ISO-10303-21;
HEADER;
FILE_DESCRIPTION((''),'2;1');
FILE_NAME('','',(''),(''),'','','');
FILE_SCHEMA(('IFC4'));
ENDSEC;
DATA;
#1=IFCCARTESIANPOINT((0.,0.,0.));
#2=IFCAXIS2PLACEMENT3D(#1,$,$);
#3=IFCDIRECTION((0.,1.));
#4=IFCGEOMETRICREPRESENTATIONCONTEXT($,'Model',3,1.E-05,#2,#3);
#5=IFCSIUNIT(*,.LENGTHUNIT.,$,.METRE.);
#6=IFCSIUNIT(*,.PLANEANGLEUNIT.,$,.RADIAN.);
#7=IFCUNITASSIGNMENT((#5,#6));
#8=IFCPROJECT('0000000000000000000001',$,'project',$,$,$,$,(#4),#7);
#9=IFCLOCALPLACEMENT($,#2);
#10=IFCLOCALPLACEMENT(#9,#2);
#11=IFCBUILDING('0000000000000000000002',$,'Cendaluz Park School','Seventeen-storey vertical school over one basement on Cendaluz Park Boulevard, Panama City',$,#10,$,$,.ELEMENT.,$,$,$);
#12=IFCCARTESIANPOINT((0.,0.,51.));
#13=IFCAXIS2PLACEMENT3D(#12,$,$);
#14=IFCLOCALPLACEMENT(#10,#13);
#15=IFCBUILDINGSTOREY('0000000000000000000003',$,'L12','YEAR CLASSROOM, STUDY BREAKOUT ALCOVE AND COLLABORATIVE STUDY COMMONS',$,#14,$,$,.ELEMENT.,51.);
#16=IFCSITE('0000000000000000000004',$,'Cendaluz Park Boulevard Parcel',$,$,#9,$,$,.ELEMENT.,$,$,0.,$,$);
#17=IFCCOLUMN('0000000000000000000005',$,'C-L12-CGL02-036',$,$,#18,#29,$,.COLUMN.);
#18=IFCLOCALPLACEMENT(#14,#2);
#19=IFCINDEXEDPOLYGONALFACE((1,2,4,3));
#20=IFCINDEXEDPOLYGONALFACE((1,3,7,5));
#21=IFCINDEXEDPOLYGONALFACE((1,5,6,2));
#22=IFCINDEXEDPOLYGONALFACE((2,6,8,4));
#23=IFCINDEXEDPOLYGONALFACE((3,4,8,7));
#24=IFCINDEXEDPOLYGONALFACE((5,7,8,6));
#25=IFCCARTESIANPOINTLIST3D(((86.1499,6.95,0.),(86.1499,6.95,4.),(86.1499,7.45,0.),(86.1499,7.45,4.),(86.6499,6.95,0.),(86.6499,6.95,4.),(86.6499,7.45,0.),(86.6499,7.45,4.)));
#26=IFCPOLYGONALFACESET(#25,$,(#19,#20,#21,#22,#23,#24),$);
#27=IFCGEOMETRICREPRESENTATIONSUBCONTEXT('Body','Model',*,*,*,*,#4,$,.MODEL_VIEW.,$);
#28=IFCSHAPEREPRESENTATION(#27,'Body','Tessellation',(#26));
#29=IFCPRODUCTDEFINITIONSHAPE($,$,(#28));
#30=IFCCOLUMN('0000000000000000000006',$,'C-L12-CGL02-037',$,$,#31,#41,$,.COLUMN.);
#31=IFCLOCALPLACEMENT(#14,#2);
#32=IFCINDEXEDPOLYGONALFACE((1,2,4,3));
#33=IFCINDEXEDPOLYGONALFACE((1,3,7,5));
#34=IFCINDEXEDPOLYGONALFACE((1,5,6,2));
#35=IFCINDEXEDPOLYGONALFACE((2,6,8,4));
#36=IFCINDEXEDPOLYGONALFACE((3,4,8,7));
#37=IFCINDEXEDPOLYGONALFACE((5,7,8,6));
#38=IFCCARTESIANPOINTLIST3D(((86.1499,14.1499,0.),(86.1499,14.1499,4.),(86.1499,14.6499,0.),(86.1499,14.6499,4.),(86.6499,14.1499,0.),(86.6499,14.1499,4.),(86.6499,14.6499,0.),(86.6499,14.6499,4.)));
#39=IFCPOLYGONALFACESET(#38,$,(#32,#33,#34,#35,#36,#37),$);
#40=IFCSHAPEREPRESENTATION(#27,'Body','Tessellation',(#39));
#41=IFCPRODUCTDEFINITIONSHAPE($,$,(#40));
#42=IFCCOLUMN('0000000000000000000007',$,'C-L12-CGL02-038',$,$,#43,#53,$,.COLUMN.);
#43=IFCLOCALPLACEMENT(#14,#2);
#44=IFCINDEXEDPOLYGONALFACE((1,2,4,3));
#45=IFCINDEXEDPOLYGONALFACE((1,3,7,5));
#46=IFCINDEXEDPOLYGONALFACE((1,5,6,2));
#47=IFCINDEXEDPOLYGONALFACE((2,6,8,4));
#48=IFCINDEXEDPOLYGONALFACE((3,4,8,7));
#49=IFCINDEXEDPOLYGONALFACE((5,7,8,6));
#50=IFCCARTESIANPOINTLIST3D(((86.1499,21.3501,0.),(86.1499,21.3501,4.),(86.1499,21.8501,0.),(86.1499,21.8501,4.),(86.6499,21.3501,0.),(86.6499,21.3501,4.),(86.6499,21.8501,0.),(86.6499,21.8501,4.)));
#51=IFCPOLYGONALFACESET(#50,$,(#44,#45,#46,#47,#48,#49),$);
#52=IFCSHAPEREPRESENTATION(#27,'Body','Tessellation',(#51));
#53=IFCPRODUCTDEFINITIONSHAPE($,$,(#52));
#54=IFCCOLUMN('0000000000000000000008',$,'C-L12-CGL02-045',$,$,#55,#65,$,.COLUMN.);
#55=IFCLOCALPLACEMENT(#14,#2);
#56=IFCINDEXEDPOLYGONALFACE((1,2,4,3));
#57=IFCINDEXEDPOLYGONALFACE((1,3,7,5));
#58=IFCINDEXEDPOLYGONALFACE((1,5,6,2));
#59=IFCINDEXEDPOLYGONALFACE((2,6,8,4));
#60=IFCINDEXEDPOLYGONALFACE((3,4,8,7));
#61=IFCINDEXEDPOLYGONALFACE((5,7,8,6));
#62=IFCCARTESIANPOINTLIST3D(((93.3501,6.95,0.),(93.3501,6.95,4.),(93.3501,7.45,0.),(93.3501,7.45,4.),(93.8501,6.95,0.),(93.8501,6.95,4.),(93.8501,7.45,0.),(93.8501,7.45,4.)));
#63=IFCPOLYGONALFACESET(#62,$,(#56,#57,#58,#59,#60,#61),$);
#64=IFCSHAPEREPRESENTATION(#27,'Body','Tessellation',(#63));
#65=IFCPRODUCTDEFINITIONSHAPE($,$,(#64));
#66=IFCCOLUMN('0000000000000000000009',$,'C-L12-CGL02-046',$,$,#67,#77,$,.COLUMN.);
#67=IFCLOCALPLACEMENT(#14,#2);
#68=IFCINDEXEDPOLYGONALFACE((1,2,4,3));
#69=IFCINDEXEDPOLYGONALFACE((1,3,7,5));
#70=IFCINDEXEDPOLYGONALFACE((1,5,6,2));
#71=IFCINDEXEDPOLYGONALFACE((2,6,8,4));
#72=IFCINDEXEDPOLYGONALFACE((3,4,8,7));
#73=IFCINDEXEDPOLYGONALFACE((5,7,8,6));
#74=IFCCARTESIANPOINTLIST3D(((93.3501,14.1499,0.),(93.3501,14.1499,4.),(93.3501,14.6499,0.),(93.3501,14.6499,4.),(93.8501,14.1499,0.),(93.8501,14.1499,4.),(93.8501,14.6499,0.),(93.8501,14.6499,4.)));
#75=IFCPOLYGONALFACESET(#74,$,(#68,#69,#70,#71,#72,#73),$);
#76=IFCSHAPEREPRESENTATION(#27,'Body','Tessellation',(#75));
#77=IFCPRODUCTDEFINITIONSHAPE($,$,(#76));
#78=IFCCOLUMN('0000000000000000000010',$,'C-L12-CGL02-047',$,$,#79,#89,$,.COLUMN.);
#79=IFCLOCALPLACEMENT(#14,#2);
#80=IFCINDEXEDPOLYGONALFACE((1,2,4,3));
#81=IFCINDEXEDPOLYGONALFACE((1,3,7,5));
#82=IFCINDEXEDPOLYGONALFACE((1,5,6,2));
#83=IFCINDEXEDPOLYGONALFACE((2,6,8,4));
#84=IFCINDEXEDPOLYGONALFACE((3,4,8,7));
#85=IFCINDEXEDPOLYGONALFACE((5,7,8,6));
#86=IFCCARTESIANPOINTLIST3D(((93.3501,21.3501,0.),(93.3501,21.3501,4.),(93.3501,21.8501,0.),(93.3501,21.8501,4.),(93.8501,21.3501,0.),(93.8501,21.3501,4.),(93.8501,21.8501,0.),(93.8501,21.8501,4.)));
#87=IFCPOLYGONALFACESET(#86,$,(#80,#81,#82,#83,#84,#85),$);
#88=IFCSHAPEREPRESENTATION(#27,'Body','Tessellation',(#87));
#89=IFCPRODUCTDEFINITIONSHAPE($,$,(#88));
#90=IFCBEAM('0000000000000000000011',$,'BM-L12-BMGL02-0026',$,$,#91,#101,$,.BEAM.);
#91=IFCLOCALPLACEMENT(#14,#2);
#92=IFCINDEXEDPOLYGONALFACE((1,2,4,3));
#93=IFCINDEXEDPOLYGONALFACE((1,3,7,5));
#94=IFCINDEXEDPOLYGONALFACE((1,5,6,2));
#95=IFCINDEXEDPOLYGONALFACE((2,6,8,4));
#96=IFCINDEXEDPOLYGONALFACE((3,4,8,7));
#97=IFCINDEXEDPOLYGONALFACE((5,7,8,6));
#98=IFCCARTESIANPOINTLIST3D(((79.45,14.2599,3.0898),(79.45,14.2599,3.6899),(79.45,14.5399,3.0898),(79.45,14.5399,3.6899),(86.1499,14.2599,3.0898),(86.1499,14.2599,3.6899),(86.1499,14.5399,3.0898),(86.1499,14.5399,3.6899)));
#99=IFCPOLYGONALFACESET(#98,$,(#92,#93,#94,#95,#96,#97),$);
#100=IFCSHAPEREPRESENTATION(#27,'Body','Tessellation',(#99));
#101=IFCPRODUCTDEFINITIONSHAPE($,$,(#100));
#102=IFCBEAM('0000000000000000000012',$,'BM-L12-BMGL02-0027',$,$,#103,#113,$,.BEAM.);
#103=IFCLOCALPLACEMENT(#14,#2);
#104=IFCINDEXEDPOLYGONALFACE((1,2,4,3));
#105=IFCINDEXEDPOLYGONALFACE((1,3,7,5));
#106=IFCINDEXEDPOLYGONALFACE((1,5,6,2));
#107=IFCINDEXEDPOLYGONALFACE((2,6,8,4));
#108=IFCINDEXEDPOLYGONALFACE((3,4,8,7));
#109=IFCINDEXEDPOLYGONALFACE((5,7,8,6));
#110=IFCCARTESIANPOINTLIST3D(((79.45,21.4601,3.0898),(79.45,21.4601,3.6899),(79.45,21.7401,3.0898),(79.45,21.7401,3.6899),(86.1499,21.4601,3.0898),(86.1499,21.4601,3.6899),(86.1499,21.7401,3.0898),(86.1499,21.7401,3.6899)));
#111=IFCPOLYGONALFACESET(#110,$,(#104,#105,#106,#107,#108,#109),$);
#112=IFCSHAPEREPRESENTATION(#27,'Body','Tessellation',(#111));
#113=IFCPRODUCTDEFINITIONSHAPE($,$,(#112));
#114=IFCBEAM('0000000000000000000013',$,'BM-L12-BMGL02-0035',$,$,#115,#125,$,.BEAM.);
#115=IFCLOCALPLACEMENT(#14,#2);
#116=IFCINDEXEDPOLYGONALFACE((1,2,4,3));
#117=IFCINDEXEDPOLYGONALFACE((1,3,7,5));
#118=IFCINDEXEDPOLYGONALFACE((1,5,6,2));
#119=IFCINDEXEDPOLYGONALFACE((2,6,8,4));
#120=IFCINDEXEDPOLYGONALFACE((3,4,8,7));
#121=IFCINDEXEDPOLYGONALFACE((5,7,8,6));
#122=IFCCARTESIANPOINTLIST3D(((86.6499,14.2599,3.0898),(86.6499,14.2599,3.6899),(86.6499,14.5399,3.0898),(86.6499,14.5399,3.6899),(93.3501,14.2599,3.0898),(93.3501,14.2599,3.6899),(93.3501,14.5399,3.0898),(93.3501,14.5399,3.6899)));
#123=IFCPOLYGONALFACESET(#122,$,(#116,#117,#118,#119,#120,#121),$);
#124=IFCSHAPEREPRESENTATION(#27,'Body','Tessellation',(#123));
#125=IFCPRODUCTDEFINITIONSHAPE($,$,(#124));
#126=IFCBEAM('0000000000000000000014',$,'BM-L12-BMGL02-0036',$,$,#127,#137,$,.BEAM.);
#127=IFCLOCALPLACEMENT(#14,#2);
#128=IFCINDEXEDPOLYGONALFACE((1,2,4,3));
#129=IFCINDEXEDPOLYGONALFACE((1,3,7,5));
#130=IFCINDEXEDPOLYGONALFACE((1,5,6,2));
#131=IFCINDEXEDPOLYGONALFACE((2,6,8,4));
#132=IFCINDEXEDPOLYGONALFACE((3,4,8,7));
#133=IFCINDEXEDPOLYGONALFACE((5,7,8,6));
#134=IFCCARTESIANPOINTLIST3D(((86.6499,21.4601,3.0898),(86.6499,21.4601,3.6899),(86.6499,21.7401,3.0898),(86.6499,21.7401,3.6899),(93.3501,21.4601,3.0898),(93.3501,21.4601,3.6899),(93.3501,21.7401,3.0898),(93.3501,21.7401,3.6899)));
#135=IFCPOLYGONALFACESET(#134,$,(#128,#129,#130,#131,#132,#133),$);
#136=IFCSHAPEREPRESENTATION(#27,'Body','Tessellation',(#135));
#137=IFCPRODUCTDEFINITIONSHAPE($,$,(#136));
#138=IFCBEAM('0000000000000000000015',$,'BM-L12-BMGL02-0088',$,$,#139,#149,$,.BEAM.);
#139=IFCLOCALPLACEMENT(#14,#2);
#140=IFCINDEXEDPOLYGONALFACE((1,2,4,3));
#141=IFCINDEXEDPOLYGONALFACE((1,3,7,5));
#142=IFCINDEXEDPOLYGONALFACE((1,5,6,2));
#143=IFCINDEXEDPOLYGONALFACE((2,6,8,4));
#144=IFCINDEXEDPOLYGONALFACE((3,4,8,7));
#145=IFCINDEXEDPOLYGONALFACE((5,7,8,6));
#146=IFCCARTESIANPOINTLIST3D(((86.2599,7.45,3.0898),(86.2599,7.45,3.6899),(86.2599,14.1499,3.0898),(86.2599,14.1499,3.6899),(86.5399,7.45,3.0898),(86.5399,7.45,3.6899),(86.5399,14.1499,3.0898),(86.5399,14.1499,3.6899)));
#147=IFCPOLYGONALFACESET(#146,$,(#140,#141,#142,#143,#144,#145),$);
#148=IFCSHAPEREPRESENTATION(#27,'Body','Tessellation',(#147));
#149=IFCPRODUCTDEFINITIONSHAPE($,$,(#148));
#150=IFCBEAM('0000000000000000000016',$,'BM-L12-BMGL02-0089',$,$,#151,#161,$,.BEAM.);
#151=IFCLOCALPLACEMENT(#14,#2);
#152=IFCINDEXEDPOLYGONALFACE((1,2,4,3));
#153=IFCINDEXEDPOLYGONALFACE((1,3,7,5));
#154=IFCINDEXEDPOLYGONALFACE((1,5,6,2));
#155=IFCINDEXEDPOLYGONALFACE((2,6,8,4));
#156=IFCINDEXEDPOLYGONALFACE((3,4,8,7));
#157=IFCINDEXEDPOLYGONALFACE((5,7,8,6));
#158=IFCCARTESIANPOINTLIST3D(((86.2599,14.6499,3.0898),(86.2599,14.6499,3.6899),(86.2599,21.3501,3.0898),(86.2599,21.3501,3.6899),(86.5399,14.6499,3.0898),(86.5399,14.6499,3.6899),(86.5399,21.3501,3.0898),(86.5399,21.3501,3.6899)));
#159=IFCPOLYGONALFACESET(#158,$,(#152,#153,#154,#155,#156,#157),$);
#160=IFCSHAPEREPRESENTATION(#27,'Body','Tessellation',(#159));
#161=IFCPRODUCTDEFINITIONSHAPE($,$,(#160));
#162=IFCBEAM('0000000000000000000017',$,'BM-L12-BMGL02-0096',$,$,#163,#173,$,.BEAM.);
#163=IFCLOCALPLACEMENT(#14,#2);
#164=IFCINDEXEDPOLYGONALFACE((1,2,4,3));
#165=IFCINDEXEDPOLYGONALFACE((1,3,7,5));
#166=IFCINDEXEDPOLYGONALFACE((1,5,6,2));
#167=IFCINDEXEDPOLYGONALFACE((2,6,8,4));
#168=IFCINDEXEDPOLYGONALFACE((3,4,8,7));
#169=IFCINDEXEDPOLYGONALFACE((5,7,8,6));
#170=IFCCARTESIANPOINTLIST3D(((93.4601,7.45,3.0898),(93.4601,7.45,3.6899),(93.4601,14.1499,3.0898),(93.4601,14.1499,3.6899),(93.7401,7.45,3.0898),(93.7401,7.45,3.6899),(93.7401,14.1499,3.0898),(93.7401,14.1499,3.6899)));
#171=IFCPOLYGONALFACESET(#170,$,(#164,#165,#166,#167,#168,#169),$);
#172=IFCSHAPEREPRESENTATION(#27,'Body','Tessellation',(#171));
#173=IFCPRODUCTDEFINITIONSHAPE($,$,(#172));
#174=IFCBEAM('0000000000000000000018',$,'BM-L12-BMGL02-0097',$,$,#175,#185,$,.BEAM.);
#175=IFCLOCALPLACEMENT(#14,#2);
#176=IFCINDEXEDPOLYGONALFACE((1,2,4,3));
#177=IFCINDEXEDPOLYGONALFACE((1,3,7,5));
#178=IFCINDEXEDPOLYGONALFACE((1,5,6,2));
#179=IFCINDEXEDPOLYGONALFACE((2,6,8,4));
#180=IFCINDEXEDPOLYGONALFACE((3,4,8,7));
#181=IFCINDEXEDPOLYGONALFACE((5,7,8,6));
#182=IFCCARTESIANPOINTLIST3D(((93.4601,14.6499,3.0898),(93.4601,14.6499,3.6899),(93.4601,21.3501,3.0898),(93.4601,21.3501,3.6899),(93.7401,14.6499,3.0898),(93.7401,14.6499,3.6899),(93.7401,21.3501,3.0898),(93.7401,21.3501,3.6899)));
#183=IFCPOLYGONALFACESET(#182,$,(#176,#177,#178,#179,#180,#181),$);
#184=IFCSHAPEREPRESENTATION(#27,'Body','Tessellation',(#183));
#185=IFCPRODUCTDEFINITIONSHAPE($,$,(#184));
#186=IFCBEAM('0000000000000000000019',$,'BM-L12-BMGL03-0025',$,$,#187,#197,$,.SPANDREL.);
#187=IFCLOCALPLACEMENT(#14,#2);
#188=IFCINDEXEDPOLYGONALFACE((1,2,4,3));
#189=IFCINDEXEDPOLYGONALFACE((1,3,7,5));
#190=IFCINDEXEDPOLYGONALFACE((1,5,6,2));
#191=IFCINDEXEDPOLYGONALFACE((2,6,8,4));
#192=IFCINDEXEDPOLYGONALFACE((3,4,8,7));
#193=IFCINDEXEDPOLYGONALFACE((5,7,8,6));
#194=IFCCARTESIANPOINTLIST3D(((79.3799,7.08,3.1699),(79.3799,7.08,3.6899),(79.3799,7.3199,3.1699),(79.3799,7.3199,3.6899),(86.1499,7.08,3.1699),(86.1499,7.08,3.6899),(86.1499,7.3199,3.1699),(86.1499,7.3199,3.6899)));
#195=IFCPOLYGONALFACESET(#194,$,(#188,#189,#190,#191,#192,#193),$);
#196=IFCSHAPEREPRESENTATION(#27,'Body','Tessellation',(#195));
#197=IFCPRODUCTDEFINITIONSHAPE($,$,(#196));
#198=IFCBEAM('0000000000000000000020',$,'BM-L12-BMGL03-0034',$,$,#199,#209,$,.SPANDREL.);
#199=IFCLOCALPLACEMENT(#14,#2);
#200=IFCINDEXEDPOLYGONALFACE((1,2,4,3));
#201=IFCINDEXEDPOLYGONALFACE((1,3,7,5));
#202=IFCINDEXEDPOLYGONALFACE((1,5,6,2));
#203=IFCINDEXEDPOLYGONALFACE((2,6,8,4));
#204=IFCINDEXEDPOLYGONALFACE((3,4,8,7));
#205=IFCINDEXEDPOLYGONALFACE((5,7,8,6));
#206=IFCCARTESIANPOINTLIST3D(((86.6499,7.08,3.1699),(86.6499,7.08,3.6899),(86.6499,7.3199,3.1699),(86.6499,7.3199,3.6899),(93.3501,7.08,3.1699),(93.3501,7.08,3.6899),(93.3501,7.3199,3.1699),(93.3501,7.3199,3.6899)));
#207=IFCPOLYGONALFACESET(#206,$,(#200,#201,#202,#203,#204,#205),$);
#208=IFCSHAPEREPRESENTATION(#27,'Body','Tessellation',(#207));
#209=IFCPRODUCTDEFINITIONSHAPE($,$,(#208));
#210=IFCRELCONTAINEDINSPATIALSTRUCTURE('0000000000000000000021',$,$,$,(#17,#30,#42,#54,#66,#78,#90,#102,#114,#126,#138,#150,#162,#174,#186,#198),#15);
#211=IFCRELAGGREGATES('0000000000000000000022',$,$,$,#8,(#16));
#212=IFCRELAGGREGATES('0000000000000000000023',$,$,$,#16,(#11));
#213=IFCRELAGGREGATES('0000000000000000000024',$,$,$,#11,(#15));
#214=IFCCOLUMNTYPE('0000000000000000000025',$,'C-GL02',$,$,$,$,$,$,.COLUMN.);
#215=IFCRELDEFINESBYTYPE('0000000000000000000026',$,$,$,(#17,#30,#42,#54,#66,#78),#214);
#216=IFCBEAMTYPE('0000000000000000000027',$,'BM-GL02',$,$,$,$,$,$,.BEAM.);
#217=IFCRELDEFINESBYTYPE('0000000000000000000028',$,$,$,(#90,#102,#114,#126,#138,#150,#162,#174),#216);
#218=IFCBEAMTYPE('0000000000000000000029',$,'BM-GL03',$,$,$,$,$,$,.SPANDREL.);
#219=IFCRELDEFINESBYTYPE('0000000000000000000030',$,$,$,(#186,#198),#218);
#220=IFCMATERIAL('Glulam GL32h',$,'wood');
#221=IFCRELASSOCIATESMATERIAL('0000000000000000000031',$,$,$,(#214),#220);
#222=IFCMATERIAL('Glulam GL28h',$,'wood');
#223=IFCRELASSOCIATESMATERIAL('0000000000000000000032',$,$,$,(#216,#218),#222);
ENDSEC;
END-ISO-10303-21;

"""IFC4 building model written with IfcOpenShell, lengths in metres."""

from ifc_helpers import new_model, si_unit, direction, frame, origin, origin_2d, place, context, subcontext, project, spatial, rectangle, extrude, material, material_profile, profile_set, type_object, element, save


model = new_model("IFC4")

# Units and contexts
model_context = context("Model", 3, precision=1e-05, world=origin(), true_north=direction((0.0, 1.0)))
body_context = subcontext(model_context, "Body", "Model", "MODEL_VIEW")
ifc_project = project(units=[si_unit("LENGTHUNIT", "METRE"), si_unit("PLANEANGLEUNIT", "RADIAN")], contexts=[model_context])

# Site, building, storey
site_placement = place(None, origin())
site = spatial("IfcSite", under=ifc_project, at=site_placement, Name="Cendaluz Park Boulevard Parcel", CompositionType="ELEMENT", RefElevation=0.0)
building_placement = place(site_placement, origin())
building = spatial("IfcBuilding", under=site, at=building_placement, Name="Cendaluz Park School", Description="Seventeen-storey vertical school over one basement on Cendaluz Park Boulevard, Panama City", CompositionType="ELEMENT")
storey_placement = place(building_placement, frame((0.0, 0.0, 51.0)))
storey = spatial("IfcBuildingStorey", under=building, at=storey_placement, Name="L12", Description="YEAR CLASSROOM, STUDY BREAKOUT ALCOVE AND COLLABORATIVE STUDY COMMONS", CompositionType="ELEMENT", Elevation=51.0)

# Columns
ifc_material_1 = material(Name="Glulam GL32h", Category="wood")
ifc_material_profile_1 = material_profile(ifc_material_1, rectangle(XDim=0.5, YDim=0.5, at=origin_2d()), Name="GL32h 500x500", Category="wood")
ifc_profile_set_1 = profile_set([ifc_material_profile_1], Name="Glulam GL32h")
column_type = type_object("IfcColumnType", Name="C-GL02", PredefinedType="COLUMN", material=ifc_profile_set_1)
for number, where, z_axis, x_axis, name in (
    (1, (86.3999, 7.2, 0.0), (0.0, 0.0, 1.0), (1.0, 0.0, 0.0), "C-L12-CGL02-036"),
    (2, (86.3999, 14.3999, 0.0), (0.0, 0.0, 1.0), (1.0, 0.0, 0.0), "C-L12-CGL02-037"),
    (3, (86.3999, 21.6001, 0.0), (0.0, 0.0, 1.0), (1.0, 0.0, 0.0), "C-L12-CGL02-038"),
    (4, (93.6001, 7.2, 0.0), (0.0, 0.0, 1.0), (1.0, 0.0, 0.0), "C-L12-CGL02-045"),
    (5, (93.6001, 14.3999, 0.0), (0.0, 0.0, 1.0), (1.0, 0.0, 0.0), "C-L12-CGL02-046"),
    (6, (93.6001, 21.6001, 0.0), (0.0, 0.0, 1.0), (1.0, 0.0, 0.0), "C-L12-CGL02-047"),
):
    element("IfcColumn", number, at=place(storey_placement, frame(where, z_axis=z_axis, x_axis=x_axis)), inside=storey, type_object=column_type, Name=name, PredefinedType="COLUMN", context=body_context, shape_type="SweptSolid", body=[
        extrude(rectangle(XDim=0.5, YDim=0.5, at=origin_2d()), origin(), (0.0, 0.0, 1.0), 4.0),
    ])

# Beams
ifc_material_2 = material(Name="Glulam GL28h", Category="wood")
ifc_material_profile_2 = material_profile(ifc_material_2, rectangle(XDim=0.28, YDim=0.6001, at=origin_2d()), Name="GL28h 280x600", Category="wood")
ifc_profile_set_2 = profile_set([ifc_material_profile_2], Name="Glulam GL28h")
beam_type_1 = type_object("IfcBeamType", Name="BM-GL02", PredefinedType="BEAM", material=ifc_profile_set_2)
for number, where, z_axis, x_axis, name in (
    (7, (79.45, 14.3999, 3.3899), (1.0, 0.0, 0.0), (0.0, 1.0, 0.0), "BM-L12-BMGL02-0026"),
    (8, (79.45, 21.6001, 3.3899), (1.0, 0.0, 0.0), (0.0, 1.0, 0.0), "BM-L12-BMGL02-0027"),
):
    element("IfcBeam", number, at=place(storey_placement, frame(where, z_axis=z_axis, x_axis=x_axis)), inside=storey, type_object=beam_type_1, Name=name, PredefinedType="BEAM", context=body_context, shape_type="SweptSolid", body=[
        extrude(rectangle(XDim=0.28, YDim=0.6001, at=origin_2d()), origin(), (0.0, 0.0, 1.0), 6.7),
    ])
for number, where, z_axis, x_axis, name in (
    (9, (86.6499, 14.3999, 3.3899), (1.0, 0.0, 0.0), (0.0, 1.0, 0.0), "BM-L12-BMGL02-0035"),
    (10, (86.6499, 21.6001, 3.3899), (1.0, 0.0, 0.0), (0.0, 1.0, 0.0), "BM-L12-BMGL02-0036"),
):
    element("IfcBeam", number, at=place(storey_placement, frame(where, z_axis=z_axis, x_axis=x_axis)), inside=storey, type_object=beam_type_1, Name=name, PredefinedType="BEAM", context=body_context, shape_type="SweptSolid", body=[
        extrude(rectangle(XDim=0.28, YDim=0.6001, at=origin_2d()), origin(), (0.0, 0.0, 1.0), 6.7002),
    ])
beam_1_placement = place(storey_placement, frame((86.3999, 7.45, 3.3899), z_axis=(0.0, 1.0, 0.0), x_axis=(-1.0, 0.0, 0.0)))
element("IfcBeam", 11, at=beam_1_placement, inside=storey, type_object=beam_type_1, Name="BM-L12-BMGL02-0088", PredefinedType="BEAM", context=body_context, shape_type="SweptSolid", body=[
    extrude(rectangle(XDim=0.28, YDim=0.6001, at=origin_2d()), origin(), (0.0, 0.0, 1.0), 6.7),
])
beam_2_placement = place(storey_placement, frame((86.3999, 14.6499, 3.3899), z_axis=(0.0, 1.0, 0.0), x_axis=(-1.0, 0.0, 0.0)))
element("IfcBeam", 12, at=beam_2_placement, inside=storey, type_object=beam_type_1, Name="BM-L12-BMGL02-0089", PredefinedType="BEAM", context=body_context, shape_type="SweptSolid", body=[
    extrude(rectangle(XDim=0.28, YDim=0.6001, at=origin_2d()), origin(), (0.0, 0.0, 1.0), 6.7002),
])
beam_3_placement = place(storey_placement, frame((93.6001, 7.45, 3.3899), z_axis=(0.0, 1.0, 0.0), x_axis=(-1.0, 0.0, 0.0)))
element("IfcBeam", 13, at=beam_3_placement, inside=storey, type_object=beam_type_1, Name="BM-L12-BMGL02-0096", PredefinedType="BEAM", context=body_context, shape_type="SweptSolid", body=[
    extrude(rectangle(XDim=0.28, YDim=0.6001, at=origin_2d()), origin(), (0.0, 0.0, 1.0), 6.7),
])
beam_4_placement = place(storey_placement, frame((93.6001, 14.6499, 3.3899), z_axis=(0.0, 1.0, 0.0), x_axis=(-1.0, 0.0, 0.0)))
element("IfcBeam", 14, at=beam_4_placement, inside=storey, type_object=beam_type_1, Name="BM-L12-BMGL02-0097", PredefinedType="BEAM", context=body_context, shape_type="SweptSolid", body=[
    extrude(rectangle(XDim=0.28, YDim=0.6001, at=origin_2d()), origin(), (0.0, 0.0, 1.0), 6.7002),
])
ifc_material_profile_3 = material_profile(ifc_material_2, rectangle(XDim=0.24, YDim=0.52, at=origin_2d()), Name="GL28h 240x520", Category="wood")
ifc_profile_set_3 = profile_set([ifc_material_profile_3], Name="Glulam GL28h")
beam_type_2 = type_object("IfcBeamType", Name="BM-GL03", PredefinedType="SPANDREL", material=ifc_profile_set_3)
beam_5_placement = place(storey_placement, frame((79.3799, 7.2, 3.4299), z_axis=(1.0, 0.0, 0.0), x_axis=(0.0, 1.0, 0.0)))
element("IfcBeam", 15, at=beam_5_placement, inside=storey, type_object=beam_type_2, Name="BM-L12-BMGL03-0025", PredefinedType="SPANDREL", context=body_context, shape_type="SweptSolid", body=[
    extrude(rectangle(XDim=0.24, YDim=0.52, at=origin_2d()), origin(), (0.0, 0.0, 1.0), 6.77),
])
beam_6_placement = place(storey_placement, frame((86.6499, 7.2, 3.4299), z_axis=(1.0, 0.0, 0.0), x_axis=(0.0, 1.0, 0.0)))
element("IfcBeam", 16, at=beam_6_placement, inside=storey, type_object=beam_type_2, Name="BM-L12-BMGL03-0034", PredefinedType="SPANDREL", context=body_context, shape_type="SweptSolid", body=[
    extrude(rectangle(XDim=0.24, YDim=0.52, at=origin_2d()), origin(), (0.0, 0.0, 1.0), 6.7002),
])

save(model, "model.ifc")
